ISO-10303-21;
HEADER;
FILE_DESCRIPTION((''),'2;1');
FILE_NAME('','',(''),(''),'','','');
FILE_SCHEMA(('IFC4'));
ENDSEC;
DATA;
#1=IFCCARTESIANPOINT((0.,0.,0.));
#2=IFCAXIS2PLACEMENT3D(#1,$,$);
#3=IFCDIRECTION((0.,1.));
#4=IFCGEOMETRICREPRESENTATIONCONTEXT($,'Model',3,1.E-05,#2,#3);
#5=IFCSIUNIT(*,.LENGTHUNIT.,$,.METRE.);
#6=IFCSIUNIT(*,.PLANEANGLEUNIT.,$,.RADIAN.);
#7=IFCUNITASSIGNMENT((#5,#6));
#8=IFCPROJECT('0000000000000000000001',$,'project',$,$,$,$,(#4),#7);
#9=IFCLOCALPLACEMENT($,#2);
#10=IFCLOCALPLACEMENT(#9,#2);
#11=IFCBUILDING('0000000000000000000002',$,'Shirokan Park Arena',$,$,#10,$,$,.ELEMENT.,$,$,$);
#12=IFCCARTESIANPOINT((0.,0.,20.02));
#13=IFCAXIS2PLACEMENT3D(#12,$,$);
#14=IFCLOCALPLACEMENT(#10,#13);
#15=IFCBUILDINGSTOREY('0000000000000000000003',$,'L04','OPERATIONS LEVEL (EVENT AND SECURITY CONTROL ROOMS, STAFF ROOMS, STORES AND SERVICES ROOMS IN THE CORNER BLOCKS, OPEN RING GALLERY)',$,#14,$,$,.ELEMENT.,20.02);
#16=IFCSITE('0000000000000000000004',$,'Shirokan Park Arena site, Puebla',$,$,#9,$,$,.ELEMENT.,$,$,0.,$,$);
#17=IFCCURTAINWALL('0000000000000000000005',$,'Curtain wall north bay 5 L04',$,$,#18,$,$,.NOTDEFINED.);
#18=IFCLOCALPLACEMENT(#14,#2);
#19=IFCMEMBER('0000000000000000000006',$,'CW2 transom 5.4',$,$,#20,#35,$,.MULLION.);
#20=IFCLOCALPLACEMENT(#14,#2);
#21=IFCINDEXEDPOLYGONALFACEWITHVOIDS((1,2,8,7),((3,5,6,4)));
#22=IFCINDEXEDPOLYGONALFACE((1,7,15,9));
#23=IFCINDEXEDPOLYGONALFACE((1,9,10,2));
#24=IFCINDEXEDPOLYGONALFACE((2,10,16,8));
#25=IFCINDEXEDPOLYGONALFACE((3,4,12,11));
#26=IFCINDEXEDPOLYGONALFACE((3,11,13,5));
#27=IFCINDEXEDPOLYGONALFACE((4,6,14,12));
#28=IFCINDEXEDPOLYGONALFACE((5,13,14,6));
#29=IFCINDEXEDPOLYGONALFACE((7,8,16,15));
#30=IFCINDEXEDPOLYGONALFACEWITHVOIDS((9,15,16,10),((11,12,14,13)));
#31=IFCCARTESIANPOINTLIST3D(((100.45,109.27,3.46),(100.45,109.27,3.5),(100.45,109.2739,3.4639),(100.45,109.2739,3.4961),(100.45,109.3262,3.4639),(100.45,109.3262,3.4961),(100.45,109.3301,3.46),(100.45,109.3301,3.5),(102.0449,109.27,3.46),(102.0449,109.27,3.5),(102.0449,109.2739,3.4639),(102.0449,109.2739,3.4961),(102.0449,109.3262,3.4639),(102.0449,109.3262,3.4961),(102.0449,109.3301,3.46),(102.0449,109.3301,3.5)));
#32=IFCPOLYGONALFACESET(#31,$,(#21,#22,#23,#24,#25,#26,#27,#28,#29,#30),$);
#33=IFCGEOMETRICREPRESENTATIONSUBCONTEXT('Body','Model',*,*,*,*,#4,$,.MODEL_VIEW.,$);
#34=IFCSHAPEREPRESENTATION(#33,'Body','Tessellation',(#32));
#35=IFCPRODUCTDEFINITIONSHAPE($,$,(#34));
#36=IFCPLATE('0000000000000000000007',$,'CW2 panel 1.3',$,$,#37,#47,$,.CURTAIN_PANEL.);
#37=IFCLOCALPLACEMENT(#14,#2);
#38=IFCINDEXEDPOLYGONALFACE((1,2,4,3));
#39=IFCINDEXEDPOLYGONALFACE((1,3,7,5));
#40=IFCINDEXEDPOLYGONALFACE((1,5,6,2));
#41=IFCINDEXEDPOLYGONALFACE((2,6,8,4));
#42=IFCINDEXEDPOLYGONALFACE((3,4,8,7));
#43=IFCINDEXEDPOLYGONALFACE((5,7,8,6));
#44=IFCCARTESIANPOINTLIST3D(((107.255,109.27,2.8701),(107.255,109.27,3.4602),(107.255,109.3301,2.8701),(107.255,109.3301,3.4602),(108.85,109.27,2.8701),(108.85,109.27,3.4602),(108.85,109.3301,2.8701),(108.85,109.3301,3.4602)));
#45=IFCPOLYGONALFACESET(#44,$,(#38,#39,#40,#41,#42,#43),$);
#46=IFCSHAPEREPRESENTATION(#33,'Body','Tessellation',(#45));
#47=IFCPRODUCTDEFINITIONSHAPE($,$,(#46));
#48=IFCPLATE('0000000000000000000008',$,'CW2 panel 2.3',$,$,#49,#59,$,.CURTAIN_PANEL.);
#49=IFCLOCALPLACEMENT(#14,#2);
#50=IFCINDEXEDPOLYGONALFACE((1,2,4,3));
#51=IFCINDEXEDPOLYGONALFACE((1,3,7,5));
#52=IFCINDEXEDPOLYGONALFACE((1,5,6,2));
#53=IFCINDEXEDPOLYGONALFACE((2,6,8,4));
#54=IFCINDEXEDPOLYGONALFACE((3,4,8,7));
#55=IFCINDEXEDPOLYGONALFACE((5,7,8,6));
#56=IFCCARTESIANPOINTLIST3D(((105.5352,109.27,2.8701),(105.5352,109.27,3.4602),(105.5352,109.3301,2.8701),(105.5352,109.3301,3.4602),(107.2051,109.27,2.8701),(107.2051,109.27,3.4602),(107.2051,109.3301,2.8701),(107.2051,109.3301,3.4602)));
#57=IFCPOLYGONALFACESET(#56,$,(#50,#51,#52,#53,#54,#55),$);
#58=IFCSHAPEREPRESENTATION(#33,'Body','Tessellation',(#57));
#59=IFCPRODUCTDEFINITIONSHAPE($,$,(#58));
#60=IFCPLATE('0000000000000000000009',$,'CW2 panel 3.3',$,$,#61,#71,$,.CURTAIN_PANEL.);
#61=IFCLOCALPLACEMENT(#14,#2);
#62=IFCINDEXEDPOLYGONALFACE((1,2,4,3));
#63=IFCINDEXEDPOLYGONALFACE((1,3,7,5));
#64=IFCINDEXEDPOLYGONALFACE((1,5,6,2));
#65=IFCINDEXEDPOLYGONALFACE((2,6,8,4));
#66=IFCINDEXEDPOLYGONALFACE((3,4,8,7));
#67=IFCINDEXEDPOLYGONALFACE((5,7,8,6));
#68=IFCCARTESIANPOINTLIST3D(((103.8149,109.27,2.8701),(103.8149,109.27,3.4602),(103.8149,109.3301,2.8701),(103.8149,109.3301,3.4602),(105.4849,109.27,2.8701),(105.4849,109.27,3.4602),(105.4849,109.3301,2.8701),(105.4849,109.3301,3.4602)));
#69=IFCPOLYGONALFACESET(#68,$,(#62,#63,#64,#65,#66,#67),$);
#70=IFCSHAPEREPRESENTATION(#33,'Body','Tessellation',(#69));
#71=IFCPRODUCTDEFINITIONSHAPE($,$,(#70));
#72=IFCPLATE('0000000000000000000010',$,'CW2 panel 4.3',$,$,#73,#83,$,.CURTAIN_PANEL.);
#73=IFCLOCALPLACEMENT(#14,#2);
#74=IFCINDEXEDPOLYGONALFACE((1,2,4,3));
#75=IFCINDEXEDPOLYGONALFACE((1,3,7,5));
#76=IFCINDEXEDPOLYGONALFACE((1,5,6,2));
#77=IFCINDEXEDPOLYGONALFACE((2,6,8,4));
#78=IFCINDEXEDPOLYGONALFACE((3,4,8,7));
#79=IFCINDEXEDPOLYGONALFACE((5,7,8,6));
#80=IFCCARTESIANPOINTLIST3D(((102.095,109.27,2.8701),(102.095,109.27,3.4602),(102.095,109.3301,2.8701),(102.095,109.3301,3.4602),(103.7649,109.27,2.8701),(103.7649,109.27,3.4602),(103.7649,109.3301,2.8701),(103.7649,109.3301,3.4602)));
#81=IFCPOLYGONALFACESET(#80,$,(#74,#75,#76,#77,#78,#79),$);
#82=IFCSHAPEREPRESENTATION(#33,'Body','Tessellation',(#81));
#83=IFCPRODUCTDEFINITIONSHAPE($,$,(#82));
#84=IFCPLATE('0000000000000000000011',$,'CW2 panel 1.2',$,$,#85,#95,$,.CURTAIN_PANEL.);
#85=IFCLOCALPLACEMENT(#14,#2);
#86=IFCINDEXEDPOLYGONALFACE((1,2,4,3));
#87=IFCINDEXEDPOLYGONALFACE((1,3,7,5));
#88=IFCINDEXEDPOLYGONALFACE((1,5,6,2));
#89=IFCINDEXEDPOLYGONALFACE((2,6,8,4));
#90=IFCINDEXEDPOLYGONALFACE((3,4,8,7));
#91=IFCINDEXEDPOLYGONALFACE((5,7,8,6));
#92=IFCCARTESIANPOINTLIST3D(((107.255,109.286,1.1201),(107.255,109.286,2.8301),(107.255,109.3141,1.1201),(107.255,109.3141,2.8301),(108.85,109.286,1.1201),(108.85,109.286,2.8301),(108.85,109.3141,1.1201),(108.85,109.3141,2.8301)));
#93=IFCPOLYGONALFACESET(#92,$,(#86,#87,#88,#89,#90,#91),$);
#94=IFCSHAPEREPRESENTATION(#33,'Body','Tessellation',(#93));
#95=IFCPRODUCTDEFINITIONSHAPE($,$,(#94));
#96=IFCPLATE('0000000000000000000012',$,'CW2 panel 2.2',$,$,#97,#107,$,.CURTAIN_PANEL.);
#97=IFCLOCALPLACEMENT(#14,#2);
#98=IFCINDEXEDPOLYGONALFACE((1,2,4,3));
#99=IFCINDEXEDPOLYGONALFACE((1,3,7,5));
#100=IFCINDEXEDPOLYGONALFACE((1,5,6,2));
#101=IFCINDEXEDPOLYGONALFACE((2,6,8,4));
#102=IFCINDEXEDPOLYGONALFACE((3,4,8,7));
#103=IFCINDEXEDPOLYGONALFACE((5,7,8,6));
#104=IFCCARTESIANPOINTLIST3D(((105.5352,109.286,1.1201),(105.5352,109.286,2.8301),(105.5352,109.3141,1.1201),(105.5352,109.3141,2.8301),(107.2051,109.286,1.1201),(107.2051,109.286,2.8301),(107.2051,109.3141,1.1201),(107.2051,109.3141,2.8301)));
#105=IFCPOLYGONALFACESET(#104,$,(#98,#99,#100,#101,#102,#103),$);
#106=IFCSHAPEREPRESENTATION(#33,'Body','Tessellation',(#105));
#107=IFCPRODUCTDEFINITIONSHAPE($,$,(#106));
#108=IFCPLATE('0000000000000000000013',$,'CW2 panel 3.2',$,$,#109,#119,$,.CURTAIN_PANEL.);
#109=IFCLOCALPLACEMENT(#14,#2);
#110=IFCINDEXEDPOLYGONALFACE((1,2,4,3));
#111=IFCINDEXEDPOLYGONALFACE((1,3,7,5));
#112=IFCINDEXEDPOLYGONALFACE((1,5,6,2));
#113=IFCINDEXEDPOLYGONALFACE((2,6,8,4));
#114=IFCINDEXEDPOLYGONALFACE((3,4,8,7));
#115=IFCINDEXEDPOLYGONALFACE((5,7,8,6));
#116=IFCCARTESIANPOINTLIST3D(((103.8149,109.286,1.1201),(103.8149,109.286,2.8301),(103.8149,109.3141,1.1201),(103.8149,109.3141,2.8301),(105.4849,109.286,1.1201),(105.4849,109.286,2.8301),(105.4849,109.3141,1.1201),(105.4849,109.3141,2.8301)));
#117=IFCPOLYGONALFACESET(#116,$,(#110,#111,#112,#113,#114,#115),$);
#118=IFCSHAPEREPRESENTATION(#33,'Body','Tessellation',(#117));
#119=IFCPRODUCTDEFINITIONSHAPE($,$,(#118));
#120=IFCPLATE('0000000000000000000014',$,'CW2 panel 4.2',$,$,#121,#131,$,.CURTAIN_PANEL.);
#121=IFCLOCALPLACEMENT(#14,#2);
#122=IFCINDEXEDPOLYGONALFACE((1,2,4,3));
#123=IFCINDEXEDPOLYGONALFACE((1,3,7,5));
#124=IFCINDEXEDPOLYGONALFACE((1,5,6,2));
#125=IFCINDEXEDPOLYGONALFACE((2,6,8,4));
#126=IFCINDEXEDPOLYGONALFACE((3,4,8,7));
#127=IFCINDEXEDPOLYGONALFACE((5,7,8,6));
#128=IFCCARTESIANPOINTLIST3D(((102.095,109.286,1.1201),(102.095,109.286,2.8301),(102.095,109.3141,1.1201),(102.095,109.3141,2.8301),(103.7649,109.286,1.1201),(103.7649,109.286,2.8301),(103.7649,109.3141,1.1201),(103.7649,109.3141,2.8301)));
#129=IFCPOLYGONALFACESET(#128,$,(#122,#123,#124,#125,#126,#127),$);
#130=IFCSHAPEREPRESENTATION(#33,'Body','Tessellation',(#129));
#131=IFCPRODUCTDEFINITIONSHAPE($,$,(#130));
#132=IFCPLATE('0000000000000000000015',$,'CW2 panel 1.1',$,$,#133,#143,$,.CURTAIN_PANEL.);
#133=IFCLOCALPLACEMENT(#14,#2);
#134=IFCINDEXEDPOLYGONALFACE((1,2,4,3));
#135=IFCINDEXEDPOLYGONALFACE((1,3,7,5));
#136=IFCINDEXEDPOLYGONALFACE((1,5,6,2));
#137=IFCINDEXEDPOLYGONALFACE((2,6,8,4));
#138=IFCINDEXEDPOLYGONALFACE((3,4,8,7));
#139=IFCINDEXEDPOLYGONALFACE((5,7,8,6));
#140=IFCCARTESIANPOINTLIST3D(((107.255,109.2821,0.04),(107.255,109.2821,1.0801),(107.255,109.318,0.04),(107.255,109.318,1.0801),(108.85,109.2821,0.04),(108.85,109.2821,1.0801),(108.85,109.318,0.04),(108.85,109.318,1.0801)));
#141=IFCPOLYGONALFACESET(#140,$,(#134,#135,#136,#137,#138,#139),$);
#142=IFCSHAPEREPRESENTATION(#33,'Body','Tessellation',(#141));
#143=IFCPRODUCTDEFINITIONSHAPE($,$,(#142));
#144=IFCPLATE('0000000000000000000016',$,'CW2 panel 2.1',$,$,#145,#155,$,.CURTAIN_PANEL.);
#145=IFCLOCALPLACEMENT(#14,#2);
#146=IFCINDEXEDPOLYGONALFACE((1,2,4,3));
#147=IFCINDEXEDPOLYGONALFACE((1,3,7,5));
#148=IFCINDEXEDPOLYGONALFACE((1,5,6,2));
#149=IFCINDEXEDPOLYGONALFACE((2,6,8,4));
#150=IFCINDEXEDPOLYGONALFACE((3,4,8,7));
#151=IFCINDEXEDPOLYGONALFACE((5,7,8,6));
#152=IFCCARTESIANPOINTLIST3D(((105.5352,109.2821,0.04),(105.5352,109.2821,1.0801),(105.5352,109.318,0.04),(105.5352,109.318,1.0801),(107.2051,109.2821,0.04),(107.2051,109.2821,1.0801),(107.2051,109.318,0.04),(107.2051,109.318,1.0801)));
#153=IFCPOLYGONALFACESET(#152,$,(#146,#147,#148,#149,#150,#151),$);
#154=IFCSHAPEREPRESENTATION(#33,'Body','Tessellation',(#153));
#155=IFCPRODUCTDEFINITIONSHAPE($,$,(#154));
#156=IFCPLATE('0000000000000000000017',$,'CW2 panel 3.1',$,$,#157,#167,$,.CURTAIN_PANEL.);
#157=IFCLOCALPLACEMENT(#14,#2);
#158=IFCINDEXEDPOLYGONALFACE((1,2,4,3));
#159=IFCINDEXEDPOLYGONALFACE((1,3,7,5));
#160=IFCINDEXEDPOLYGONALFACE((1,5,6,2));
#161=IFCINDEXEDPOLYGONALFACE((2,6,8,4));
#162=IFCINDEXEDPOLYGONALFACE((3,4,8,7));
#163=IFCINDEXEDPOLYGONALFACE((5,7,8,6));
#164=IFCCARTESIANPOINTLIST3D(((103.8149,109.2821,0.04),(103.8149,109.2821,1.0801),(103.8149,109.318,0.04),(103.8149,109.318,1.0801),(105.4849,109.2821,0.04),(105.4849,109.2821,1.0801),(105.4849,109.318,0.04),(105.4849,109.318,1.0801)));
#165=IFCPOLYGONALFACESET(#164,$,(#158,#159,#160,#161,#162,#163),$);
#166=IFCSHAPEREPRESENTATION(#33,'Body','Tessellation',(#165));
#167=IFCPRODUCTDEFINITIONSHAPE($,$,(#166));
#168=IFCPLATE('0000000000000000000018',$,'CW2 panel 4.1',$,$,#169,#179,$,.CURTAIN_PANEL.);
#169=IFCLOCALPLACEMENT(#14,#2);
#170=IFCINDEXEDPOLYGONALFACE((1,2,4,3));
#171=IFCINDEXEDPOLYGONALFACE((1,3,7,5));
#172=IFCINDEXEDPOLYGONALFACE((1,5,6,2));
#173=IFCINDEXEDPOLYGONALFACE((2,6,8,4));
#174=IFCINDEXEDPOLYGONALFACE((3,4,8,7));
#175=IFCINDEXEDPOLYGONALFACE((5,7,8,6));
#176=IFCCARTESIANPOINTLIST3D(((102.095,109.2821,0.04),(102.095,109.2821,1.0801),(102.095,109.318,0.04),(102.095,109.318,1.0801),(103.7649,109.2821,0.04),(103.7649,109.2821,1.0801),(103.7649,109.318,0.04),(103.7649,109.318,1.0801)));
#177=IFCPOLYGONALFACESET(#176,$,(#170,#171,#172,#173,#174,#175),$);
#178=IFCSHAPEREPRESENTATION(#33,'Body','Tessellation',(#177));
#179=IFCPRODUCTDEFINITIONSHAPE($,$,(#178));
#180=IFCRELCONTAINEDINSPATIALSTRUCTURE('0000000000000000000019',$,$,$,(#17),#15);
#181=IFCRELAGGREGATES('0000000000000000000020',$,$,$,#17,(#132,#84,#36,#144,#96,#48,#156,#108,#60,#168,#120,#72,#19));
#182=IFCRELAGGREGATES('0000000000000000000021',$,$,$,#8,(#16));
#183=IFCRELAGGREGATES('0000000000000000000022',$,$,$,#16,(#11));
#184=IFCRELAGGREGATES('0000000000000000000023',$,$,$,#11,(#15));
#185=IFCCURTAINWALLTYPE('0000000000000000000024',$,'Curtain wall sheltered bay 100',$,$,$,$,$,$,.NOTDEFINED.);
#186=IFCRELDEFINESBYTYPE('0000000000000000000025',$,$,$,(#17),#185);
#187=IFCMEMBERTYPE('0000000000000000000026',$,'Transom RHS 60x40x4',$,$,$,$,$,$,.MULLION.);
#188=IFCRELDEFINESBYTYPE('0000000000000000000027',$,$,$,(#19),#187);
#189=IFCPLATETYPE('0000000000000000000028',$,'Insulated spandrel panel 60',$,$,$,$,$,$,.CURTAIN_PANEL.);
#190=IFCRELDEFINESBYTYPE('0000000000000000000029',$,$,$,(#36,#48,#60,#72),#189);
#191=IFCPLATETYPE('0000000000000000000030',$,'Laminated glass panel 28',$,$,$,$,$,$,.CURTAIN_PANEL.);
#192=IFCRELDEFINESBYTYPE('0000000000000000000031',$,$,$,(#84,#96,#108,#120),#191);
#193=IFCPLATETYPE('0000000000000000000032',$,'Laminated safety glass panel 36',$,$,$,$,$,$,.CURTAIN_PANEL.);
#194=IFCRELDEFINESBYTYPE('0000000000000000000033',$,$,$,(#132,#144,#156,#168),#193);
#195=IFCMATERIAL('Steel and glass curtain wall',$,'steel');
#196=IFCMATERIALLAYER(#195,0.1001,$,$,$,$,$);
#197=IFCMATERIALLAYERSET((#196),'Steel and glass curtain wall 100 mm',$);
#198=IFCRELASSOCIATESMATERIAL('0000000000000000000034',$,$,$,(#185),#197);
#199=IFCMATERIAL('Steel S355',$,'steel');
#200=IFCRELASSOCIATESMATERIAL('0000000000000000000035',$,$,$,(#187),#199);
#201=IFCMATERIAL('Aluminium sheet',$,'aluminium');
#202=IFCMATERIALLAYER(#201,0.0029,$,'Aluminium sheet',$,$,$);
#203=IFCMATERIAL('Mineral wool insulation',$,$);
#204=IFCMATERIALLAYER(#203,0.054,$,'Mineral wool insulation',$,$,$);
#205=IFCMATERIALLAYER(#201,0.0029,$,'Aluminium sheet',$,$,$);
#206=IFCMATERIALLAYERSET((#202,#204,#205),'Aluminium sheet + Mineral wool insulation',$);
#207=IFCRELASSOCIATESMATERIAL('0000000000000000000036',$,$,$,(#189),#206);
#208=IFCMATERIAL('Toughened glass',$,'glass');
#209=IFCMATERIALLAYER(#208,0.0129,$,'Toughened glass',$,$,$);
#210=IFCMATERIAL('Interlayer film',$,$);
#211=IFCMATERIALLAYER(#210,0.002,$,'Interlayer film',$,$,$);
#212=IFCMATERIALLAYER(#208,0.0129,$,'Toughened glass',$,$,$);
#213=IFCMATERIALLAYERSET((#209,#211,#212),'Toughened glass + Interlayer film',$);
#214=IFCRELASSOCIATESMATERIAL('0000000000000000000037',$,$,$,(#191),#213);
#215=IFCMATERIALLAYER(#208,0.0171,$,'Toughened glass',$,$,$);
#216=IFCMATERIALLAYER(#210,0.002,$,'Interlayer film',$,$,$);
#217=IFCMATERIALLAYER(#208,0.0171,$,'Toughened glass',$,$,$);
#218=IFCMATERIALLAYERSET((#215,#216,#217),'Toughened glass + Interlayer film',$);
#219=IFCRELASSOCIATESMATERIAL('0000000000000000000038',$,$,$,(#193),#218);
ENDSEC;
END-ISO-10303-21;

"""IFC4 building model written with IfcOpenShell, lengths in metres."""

from ifc_helpers import new_model, si_unit, direction, frame, origin, origin_2d, place, context, subcontext, project, spatial, rectangle, hollow_rectangle, extrude, material, layer, layer_set, material_profile, profile_set, type_object, element, aggregate, save


model = new_model("IFC4")

# Units and contexts
model_context = context("Model", 3, precision=1e-05, world=origin(), true_north=direction((0.0, 1.0)))
body_context = subcontext(model_context, "Body", "Model", "MODEL_VIEW")
ifc_project = project(units=[si_unit("LENGTHUNIT", "METRE"), si_unit("PLANEANGLEUNIT", "RADIAN")], contexts=[model_context])

# Site, building, storey
site_placement = place(None, origin())
site = spatial("IfcSite", under=ifc_project, at=site_placement, Name="Shirokan Park Arena site, Puebla", CompositionType="ELEMENT", RefElevation=0.0)
building_placement = place(site_placement, origin())
building = spatial("IfcBuilding", under=site, at=building_placement, Name="Shirokan Park Arena", CompositionType="ELEMENT")
storey_placement = place(building_placement, frame((0.0, 0.0, 20.02)))
storey = spatial("IfcBuildingStorey", under=building, at=storey_placement, Name="L04", Description="OPERATIONS LEVEL (EVENT AND SECURITY CONTROL ROOMS, STAFF ROOMS, STORES AND SERVICES ROOMS IN THE CORNER BLOCKS, OPEN RING GALLERY)", CompositionType="ELEMENT", Elevation=20.02)

# Curtain wall, member, plates
ifc_material_1 = material(Name="Steel and glass curtain wall", Category="steel")
ifc_layer_1 = layer(ifc_material_1, 0.1001)
ifc_layer_set_1 = layer_set([ifc_layer_1], Name="Steel and glass curtain wall 100 mm")
curtain_wall_type = type_object("IfcCurtainWallType", Name="Curtain wall sheltered bay 100", PredefinedType="NOTDEFINED", material=ifc_layer_set_1)
curtain_wall_placement = place(storey_placement, origin())
curtain_wall = element("IfcCurtainWall", 1, at=curtain_wall_placement, inside=storey, type_object=curtain_wall_type, Name="Curtain wall north bay 5 L04", PredefinedType="NOTDEFINED")
ifc_material_2 = material(Name="Steel S355", Category="steel")
ifc_material_profile_1 = material_profile(ifc_material_2, hollow_rectangle(XDim=0.0601, YDim=0.04, WallThickness=0.0039, at=origin_2d()), Name="RHS 60x40x4")
ifc_profile_set_1 = profile_set([ifc_material_profile_1], Name="Steel S355")
member_type_1 = type_object("IfcMemberType", Name="Transom RHS 60x40x4", PredefinedType="MULLION", material=ifc_profile_set_1)
member_1_placement = place(storey_placement, frame((102.0449, 109.3, 3.48), z_axis=(-1.0, 0.0, 0.0), x_axis=(0.0, -1.0, 0.0)))
member_1 = element("IfcMember", 2, at=member_1_placement, type_object=member_type_1, Name="CW2 transom 5.4", PredefinedType="MULLION", context=body_context, shape_type="SweptSolid", body=[
    extrude(hollow_rectangle(XDim=0.0601, YDim=0.04, WallThickness=0.0039, at=origin_2d()), origin(), (0.0, 0.0, 1.0), 1.595),
])
ifc_material_3 = material(Name="Aluminium sheet", Category="aluminium")
ifc_layer_2 = layer(ifc_material_3, 0.0029, Name="Aluminium sheet")
ifc_material_4 = material(Name="Mineral wool insulation")
ifc_layer_3 = layer(ifc_material_4, 0.054, Name="Mineral wool insulation")
ifc_layer_4 = layer(ifc_material_3, 0.0029, Name="Aluminium sheet")
ifc_layer_set_2 = layer_set([ifc_layer_2, ifc_layer_3, ifc_layer_4], Name="Aluminium sheet + Mineral wool insulation")
plate_type_1 = type_object("IfcPlateType", Name="Insulated spandrel panel 60", PredefinedType="CURTAIN_PANEL", material=ifc_layer_set_2)
plate_1_placement = place(storey_placement, frame((108.0525, 109.3, 2.8701), z_axis=(0.0, 0.0, 1.0), x_axis=(-1.0, 0.0, 0.0)))
plate_1 = element("IfcPlate", 3, at=plate_1_placement, type_object=plate_type_1, Name="CW2 panel 1.3", PredefinedType="CURTAIN_PANEL", context=body_context, shape_type="SweptSolid", body=[
    extrude(rectangle(XDim=1.595, YDim=0.0601, at=origin_2d()), origin(), (0.0, 0.0, 1.0), 0.5901),
])
plate_2_placement = place(storey_placement, frame((106.3701, 109.3, 2.8701), z_axis=(0.0, 0.0, 1.0), x_axis=(-1.0, 0.0, 0.0)))
plate_2 = element("IfcPlate", 4, at=plate_2_placement, type_object=plate_type_1, Name="CW2 panel 2.3", PredefinedType="CURTAIN_PANEL", context=body_context, shape_type="SweptSolid", body=[
    extrude(rectangle(XDim=1.6699, YDim=0.0601, at=origin_2d()), origin(), (0.0, 0.0, 1.0), 0.5901),
])
plate_3_placement = place(storey_placement, frame((104.6499, 109.3, 2.8701), z_axis=(0.0, 0.0, 1.0), x_axis=(-1.0, 0.0, 0.0)))
plate_3 = element("IfcPlate", 5, at=plate_3_placement, type_object=plate_type_1, Name="CW2 panel 3.3", PredefinedType="CURTAIN_PANEL", context=body_context, shape_type="SweptSolid", body=[
    extrude(rectangle(XDim=1.6699, YDim=0.0601, at=origin_2d()), origin(), (0.0, 0.0, 1.0), 0.5901),
])
plate_4_placement = place(storey_placement, frame((102.9299, 109.3, 2.8701), z_axis=(0.0, 0.0, 1.0), x_axis=(-1.0, 0.0, 0.0)))
plate_4 = element("IfcPlate", 6, at=plate_4_placement, type_object=plate_type_1, Name="CW2 panel 4.3", PredefinedType="CURTAIN_PANEL", context=body_context, shape_type="SweptSolid", body=[
    extrude(rectangle(XDim=1.6699, YDim=0.0601, at=origin_2d()), origin(), (0.0, 0.0, 1.0), 0.5901),
])
ifc_material_5 = material(Name="Toughened glass", Category="glass")
ifc_layer_5 = layer(ifc_material_5, 0.0129, Name="Toughened glass")
ifc_material_6 = material(Name="Interlayer film")
ifc_layer_6 = layer(ifc_material_6, 0.002, Name="Interlayer film")
ifc_layer_7 = layer(ifc_material_5, 0.0129, Name="Toughened glass")
ifc_layer_set_3 = layer_set([ifc_layer_5, ifc_layer_6, ifc_layer_7], Name="Toughened glass + Interlayer film")
plate_type_2 = type_object("IfcPlateType", Name="Laminated glass panel 28", PredefinedType="CURTAIN_PANEL", material=ifc_layer_set_3)
plate_5_placement = place(storey_placement, frame((108.0525, 109.3, 1.1201), z_axis=(0.0, 0.0, 1.0), x_axis=(-1.0, 0.0, 0.0)))
plate_5 = element("IfcPlate", 7, at=plate_5_placement, type_object=plate_type_2, Name="CW2 panel 1.2", PredefinedType="CURTAIN_PANEL", context=body_context, shape_type="SweptSolid", body=[
    extrude(rectangle(XDim=1.595, YDim=0.0281, at=origin_2d()), origin(), (0.0, 0.0, 1.0), 1.71),
])
plate_6_placement = place(storey_placement, frame((106.3701, 109.3, 1.1201), z_axis=(0.0, 0.0, 1.0), x_axis=(-1.0, 0.0, 0.0)))
plate_6 = element("IfcPlate", 8, at=plate_6_placement, type_object=plate_type_2, Name="CW2 panel 2.2", PredefinedType="CURTAIN_PANEL", context=body_context, shape_type="SweptSolid", body=[
    extrude(rectangle(XDim=1.6699, YDim=0.0281, at=origin_2d()), origin(), (0.0, 0.0, 1.0), 1.71),
])
plate_7_placement = place(storey_placement, frame((104.6499, 109.3, 1.1201), z_axis=(0.0, 0.0, 1.0), x_axis=(-1.0, 0.0, 0.0)))
plate_7 = element("IfcPlate", 9, at=plate_7_placement, type_object=plate_type_2, Name="CW2 panel 3.2", PredefinedType="CURTAIN_PANEL", context=body_context, shape_type="SweptSolid", body=[
    extrude(rectangle(XDim=1.6699, YDim=0.0281, at=origin_2d()), origin(), (0.0, 0.0, 1.0), 1.71),
])
plate_8_placement = place(storey_placement, frame((102.9299, 109.3, 1.1201), z_axis=(0.0, 0.0, 1.0), x_axis=(-1.0, 0.0, 0.0)))
plate_8 = element("IfcPlate", 10, at=plate_8_placement, type_object=plate_type_2, Name="CW2 panel 4.2", PredefinedType="CURTAIN_PANEL", context=body_context, shape_type="SweptSolid", body=[
    extrude(rectangle(XDim=1.6699, YDim=0.0281, at=origin_2d()), origin(), (0.0, 0.0, 1.0), 1.71),
])
ifc_layer_8 = layer(ifc_material_5, 0.0171, Name="Toughened glass")
ifc_layer_9 = layer(ifc_material_6, 0.002, Name="Interlayer film")
ifc_layer_10 = layer(ifc_material_5, 0.0171, Name="Toughened glass")
ifc_layer_set_4 = layer_set([ifc_layer_8, ifc_layer_9, ifc_layer_10], Name="Toughened glass + Interlayer film")
plate_type_3 = type_object("IfcPlateType", Name="Laminated safety glass panel 36", PredefinedType="CURTAIN_PANEL", material=ifc_layer_set_4)
plate_9_placement = place(storey_placement, frame((108.0525, 109.3, 0.04), z_axis=(0.0, 0.0, 1.0), x_axis=(-1.0, 0.0, 0.0)))
plate_9 = element("IfcPlate", 11, at=plate_9_placement, type_object=plate_type_3, Name="CW2 panel 1.1", PredefinedType="CURTAIN_PANEL", context=body_context, shape_type="SweptSolid", body=[
    extrude(rectangle(XDim=1.595, YDim=0.0359, at=origin_2d()), origin(), (0.0, 0.0, 1.0), 1.04),
])
plate_10_placement = place(storey_placement, frame((106.3701, 109.3, 0.04), z_axis=(0.0, 0.0, 1.0), x_axis=(-1.0, 0.0, 0.0)))
plate_10 = element("IfcPlate", 12, at=plate_10_placement, type_object=plate_type_3, Name="CW2 panel 2.1", PredefinedType="CURTAIN_PANEL", context=body_context, shape_type="SweptSolid", body=[
    extrude(rectangle(XDim=1.6699, YDim=0.0359, at=origin_2d()), origin(), (0.0, 0.0, 1.0), 1.04),
])
plate_11_placement = place(storey_placement, frame((104.6499, 109.3, 0.04), z_axis=(0.0, 0.0, 1.0), x_axis=(-1.0, 0.0, 0.0)))
plate_11 = element("IfcPlate", 13, at=plate_11_placement, type_object=plate_type_3, Name="CW2 panel 3.1", PredefinedType="CURTAIN_PANEL", context=body_context, shape_type="SweptSolid", body=[
    extrude(rectangle(XDim=1.6699, YDim=0.0359, at=origin_2d()), origin(), (0.0, 0.0, 1.0), 1.04),
])
plate_12_placement = place(storey_placement, frame((102.9299, 109.3, 0.04), z_axis=(0.0, 0.0, 1.0), x_axis=(-1.0, 0.0, 0.0)))
plate_12 = element("IfcPlate", 14, at=plate_12_placement, type_object=plate_type_3, Name="CW2 panel 4.1", PredefinedType="CURTAIN_PANEL", context=body_context, shape_type="SweptSolid", body=[
    extrude(rectangle(XDim=1.6699, YDim=0.0359, at=origin_2d()), origin(), (0.0, 0.0, 1.0), 1.04),
])
aggregate(curtain_wall, [plate_9, plate_5, plate_1, plate_10, plate_6, plate_2, plate_11, plate_7, plate_3, plate_12, plate_8, plate_4, member_1])

save(model, "model.ifc")
